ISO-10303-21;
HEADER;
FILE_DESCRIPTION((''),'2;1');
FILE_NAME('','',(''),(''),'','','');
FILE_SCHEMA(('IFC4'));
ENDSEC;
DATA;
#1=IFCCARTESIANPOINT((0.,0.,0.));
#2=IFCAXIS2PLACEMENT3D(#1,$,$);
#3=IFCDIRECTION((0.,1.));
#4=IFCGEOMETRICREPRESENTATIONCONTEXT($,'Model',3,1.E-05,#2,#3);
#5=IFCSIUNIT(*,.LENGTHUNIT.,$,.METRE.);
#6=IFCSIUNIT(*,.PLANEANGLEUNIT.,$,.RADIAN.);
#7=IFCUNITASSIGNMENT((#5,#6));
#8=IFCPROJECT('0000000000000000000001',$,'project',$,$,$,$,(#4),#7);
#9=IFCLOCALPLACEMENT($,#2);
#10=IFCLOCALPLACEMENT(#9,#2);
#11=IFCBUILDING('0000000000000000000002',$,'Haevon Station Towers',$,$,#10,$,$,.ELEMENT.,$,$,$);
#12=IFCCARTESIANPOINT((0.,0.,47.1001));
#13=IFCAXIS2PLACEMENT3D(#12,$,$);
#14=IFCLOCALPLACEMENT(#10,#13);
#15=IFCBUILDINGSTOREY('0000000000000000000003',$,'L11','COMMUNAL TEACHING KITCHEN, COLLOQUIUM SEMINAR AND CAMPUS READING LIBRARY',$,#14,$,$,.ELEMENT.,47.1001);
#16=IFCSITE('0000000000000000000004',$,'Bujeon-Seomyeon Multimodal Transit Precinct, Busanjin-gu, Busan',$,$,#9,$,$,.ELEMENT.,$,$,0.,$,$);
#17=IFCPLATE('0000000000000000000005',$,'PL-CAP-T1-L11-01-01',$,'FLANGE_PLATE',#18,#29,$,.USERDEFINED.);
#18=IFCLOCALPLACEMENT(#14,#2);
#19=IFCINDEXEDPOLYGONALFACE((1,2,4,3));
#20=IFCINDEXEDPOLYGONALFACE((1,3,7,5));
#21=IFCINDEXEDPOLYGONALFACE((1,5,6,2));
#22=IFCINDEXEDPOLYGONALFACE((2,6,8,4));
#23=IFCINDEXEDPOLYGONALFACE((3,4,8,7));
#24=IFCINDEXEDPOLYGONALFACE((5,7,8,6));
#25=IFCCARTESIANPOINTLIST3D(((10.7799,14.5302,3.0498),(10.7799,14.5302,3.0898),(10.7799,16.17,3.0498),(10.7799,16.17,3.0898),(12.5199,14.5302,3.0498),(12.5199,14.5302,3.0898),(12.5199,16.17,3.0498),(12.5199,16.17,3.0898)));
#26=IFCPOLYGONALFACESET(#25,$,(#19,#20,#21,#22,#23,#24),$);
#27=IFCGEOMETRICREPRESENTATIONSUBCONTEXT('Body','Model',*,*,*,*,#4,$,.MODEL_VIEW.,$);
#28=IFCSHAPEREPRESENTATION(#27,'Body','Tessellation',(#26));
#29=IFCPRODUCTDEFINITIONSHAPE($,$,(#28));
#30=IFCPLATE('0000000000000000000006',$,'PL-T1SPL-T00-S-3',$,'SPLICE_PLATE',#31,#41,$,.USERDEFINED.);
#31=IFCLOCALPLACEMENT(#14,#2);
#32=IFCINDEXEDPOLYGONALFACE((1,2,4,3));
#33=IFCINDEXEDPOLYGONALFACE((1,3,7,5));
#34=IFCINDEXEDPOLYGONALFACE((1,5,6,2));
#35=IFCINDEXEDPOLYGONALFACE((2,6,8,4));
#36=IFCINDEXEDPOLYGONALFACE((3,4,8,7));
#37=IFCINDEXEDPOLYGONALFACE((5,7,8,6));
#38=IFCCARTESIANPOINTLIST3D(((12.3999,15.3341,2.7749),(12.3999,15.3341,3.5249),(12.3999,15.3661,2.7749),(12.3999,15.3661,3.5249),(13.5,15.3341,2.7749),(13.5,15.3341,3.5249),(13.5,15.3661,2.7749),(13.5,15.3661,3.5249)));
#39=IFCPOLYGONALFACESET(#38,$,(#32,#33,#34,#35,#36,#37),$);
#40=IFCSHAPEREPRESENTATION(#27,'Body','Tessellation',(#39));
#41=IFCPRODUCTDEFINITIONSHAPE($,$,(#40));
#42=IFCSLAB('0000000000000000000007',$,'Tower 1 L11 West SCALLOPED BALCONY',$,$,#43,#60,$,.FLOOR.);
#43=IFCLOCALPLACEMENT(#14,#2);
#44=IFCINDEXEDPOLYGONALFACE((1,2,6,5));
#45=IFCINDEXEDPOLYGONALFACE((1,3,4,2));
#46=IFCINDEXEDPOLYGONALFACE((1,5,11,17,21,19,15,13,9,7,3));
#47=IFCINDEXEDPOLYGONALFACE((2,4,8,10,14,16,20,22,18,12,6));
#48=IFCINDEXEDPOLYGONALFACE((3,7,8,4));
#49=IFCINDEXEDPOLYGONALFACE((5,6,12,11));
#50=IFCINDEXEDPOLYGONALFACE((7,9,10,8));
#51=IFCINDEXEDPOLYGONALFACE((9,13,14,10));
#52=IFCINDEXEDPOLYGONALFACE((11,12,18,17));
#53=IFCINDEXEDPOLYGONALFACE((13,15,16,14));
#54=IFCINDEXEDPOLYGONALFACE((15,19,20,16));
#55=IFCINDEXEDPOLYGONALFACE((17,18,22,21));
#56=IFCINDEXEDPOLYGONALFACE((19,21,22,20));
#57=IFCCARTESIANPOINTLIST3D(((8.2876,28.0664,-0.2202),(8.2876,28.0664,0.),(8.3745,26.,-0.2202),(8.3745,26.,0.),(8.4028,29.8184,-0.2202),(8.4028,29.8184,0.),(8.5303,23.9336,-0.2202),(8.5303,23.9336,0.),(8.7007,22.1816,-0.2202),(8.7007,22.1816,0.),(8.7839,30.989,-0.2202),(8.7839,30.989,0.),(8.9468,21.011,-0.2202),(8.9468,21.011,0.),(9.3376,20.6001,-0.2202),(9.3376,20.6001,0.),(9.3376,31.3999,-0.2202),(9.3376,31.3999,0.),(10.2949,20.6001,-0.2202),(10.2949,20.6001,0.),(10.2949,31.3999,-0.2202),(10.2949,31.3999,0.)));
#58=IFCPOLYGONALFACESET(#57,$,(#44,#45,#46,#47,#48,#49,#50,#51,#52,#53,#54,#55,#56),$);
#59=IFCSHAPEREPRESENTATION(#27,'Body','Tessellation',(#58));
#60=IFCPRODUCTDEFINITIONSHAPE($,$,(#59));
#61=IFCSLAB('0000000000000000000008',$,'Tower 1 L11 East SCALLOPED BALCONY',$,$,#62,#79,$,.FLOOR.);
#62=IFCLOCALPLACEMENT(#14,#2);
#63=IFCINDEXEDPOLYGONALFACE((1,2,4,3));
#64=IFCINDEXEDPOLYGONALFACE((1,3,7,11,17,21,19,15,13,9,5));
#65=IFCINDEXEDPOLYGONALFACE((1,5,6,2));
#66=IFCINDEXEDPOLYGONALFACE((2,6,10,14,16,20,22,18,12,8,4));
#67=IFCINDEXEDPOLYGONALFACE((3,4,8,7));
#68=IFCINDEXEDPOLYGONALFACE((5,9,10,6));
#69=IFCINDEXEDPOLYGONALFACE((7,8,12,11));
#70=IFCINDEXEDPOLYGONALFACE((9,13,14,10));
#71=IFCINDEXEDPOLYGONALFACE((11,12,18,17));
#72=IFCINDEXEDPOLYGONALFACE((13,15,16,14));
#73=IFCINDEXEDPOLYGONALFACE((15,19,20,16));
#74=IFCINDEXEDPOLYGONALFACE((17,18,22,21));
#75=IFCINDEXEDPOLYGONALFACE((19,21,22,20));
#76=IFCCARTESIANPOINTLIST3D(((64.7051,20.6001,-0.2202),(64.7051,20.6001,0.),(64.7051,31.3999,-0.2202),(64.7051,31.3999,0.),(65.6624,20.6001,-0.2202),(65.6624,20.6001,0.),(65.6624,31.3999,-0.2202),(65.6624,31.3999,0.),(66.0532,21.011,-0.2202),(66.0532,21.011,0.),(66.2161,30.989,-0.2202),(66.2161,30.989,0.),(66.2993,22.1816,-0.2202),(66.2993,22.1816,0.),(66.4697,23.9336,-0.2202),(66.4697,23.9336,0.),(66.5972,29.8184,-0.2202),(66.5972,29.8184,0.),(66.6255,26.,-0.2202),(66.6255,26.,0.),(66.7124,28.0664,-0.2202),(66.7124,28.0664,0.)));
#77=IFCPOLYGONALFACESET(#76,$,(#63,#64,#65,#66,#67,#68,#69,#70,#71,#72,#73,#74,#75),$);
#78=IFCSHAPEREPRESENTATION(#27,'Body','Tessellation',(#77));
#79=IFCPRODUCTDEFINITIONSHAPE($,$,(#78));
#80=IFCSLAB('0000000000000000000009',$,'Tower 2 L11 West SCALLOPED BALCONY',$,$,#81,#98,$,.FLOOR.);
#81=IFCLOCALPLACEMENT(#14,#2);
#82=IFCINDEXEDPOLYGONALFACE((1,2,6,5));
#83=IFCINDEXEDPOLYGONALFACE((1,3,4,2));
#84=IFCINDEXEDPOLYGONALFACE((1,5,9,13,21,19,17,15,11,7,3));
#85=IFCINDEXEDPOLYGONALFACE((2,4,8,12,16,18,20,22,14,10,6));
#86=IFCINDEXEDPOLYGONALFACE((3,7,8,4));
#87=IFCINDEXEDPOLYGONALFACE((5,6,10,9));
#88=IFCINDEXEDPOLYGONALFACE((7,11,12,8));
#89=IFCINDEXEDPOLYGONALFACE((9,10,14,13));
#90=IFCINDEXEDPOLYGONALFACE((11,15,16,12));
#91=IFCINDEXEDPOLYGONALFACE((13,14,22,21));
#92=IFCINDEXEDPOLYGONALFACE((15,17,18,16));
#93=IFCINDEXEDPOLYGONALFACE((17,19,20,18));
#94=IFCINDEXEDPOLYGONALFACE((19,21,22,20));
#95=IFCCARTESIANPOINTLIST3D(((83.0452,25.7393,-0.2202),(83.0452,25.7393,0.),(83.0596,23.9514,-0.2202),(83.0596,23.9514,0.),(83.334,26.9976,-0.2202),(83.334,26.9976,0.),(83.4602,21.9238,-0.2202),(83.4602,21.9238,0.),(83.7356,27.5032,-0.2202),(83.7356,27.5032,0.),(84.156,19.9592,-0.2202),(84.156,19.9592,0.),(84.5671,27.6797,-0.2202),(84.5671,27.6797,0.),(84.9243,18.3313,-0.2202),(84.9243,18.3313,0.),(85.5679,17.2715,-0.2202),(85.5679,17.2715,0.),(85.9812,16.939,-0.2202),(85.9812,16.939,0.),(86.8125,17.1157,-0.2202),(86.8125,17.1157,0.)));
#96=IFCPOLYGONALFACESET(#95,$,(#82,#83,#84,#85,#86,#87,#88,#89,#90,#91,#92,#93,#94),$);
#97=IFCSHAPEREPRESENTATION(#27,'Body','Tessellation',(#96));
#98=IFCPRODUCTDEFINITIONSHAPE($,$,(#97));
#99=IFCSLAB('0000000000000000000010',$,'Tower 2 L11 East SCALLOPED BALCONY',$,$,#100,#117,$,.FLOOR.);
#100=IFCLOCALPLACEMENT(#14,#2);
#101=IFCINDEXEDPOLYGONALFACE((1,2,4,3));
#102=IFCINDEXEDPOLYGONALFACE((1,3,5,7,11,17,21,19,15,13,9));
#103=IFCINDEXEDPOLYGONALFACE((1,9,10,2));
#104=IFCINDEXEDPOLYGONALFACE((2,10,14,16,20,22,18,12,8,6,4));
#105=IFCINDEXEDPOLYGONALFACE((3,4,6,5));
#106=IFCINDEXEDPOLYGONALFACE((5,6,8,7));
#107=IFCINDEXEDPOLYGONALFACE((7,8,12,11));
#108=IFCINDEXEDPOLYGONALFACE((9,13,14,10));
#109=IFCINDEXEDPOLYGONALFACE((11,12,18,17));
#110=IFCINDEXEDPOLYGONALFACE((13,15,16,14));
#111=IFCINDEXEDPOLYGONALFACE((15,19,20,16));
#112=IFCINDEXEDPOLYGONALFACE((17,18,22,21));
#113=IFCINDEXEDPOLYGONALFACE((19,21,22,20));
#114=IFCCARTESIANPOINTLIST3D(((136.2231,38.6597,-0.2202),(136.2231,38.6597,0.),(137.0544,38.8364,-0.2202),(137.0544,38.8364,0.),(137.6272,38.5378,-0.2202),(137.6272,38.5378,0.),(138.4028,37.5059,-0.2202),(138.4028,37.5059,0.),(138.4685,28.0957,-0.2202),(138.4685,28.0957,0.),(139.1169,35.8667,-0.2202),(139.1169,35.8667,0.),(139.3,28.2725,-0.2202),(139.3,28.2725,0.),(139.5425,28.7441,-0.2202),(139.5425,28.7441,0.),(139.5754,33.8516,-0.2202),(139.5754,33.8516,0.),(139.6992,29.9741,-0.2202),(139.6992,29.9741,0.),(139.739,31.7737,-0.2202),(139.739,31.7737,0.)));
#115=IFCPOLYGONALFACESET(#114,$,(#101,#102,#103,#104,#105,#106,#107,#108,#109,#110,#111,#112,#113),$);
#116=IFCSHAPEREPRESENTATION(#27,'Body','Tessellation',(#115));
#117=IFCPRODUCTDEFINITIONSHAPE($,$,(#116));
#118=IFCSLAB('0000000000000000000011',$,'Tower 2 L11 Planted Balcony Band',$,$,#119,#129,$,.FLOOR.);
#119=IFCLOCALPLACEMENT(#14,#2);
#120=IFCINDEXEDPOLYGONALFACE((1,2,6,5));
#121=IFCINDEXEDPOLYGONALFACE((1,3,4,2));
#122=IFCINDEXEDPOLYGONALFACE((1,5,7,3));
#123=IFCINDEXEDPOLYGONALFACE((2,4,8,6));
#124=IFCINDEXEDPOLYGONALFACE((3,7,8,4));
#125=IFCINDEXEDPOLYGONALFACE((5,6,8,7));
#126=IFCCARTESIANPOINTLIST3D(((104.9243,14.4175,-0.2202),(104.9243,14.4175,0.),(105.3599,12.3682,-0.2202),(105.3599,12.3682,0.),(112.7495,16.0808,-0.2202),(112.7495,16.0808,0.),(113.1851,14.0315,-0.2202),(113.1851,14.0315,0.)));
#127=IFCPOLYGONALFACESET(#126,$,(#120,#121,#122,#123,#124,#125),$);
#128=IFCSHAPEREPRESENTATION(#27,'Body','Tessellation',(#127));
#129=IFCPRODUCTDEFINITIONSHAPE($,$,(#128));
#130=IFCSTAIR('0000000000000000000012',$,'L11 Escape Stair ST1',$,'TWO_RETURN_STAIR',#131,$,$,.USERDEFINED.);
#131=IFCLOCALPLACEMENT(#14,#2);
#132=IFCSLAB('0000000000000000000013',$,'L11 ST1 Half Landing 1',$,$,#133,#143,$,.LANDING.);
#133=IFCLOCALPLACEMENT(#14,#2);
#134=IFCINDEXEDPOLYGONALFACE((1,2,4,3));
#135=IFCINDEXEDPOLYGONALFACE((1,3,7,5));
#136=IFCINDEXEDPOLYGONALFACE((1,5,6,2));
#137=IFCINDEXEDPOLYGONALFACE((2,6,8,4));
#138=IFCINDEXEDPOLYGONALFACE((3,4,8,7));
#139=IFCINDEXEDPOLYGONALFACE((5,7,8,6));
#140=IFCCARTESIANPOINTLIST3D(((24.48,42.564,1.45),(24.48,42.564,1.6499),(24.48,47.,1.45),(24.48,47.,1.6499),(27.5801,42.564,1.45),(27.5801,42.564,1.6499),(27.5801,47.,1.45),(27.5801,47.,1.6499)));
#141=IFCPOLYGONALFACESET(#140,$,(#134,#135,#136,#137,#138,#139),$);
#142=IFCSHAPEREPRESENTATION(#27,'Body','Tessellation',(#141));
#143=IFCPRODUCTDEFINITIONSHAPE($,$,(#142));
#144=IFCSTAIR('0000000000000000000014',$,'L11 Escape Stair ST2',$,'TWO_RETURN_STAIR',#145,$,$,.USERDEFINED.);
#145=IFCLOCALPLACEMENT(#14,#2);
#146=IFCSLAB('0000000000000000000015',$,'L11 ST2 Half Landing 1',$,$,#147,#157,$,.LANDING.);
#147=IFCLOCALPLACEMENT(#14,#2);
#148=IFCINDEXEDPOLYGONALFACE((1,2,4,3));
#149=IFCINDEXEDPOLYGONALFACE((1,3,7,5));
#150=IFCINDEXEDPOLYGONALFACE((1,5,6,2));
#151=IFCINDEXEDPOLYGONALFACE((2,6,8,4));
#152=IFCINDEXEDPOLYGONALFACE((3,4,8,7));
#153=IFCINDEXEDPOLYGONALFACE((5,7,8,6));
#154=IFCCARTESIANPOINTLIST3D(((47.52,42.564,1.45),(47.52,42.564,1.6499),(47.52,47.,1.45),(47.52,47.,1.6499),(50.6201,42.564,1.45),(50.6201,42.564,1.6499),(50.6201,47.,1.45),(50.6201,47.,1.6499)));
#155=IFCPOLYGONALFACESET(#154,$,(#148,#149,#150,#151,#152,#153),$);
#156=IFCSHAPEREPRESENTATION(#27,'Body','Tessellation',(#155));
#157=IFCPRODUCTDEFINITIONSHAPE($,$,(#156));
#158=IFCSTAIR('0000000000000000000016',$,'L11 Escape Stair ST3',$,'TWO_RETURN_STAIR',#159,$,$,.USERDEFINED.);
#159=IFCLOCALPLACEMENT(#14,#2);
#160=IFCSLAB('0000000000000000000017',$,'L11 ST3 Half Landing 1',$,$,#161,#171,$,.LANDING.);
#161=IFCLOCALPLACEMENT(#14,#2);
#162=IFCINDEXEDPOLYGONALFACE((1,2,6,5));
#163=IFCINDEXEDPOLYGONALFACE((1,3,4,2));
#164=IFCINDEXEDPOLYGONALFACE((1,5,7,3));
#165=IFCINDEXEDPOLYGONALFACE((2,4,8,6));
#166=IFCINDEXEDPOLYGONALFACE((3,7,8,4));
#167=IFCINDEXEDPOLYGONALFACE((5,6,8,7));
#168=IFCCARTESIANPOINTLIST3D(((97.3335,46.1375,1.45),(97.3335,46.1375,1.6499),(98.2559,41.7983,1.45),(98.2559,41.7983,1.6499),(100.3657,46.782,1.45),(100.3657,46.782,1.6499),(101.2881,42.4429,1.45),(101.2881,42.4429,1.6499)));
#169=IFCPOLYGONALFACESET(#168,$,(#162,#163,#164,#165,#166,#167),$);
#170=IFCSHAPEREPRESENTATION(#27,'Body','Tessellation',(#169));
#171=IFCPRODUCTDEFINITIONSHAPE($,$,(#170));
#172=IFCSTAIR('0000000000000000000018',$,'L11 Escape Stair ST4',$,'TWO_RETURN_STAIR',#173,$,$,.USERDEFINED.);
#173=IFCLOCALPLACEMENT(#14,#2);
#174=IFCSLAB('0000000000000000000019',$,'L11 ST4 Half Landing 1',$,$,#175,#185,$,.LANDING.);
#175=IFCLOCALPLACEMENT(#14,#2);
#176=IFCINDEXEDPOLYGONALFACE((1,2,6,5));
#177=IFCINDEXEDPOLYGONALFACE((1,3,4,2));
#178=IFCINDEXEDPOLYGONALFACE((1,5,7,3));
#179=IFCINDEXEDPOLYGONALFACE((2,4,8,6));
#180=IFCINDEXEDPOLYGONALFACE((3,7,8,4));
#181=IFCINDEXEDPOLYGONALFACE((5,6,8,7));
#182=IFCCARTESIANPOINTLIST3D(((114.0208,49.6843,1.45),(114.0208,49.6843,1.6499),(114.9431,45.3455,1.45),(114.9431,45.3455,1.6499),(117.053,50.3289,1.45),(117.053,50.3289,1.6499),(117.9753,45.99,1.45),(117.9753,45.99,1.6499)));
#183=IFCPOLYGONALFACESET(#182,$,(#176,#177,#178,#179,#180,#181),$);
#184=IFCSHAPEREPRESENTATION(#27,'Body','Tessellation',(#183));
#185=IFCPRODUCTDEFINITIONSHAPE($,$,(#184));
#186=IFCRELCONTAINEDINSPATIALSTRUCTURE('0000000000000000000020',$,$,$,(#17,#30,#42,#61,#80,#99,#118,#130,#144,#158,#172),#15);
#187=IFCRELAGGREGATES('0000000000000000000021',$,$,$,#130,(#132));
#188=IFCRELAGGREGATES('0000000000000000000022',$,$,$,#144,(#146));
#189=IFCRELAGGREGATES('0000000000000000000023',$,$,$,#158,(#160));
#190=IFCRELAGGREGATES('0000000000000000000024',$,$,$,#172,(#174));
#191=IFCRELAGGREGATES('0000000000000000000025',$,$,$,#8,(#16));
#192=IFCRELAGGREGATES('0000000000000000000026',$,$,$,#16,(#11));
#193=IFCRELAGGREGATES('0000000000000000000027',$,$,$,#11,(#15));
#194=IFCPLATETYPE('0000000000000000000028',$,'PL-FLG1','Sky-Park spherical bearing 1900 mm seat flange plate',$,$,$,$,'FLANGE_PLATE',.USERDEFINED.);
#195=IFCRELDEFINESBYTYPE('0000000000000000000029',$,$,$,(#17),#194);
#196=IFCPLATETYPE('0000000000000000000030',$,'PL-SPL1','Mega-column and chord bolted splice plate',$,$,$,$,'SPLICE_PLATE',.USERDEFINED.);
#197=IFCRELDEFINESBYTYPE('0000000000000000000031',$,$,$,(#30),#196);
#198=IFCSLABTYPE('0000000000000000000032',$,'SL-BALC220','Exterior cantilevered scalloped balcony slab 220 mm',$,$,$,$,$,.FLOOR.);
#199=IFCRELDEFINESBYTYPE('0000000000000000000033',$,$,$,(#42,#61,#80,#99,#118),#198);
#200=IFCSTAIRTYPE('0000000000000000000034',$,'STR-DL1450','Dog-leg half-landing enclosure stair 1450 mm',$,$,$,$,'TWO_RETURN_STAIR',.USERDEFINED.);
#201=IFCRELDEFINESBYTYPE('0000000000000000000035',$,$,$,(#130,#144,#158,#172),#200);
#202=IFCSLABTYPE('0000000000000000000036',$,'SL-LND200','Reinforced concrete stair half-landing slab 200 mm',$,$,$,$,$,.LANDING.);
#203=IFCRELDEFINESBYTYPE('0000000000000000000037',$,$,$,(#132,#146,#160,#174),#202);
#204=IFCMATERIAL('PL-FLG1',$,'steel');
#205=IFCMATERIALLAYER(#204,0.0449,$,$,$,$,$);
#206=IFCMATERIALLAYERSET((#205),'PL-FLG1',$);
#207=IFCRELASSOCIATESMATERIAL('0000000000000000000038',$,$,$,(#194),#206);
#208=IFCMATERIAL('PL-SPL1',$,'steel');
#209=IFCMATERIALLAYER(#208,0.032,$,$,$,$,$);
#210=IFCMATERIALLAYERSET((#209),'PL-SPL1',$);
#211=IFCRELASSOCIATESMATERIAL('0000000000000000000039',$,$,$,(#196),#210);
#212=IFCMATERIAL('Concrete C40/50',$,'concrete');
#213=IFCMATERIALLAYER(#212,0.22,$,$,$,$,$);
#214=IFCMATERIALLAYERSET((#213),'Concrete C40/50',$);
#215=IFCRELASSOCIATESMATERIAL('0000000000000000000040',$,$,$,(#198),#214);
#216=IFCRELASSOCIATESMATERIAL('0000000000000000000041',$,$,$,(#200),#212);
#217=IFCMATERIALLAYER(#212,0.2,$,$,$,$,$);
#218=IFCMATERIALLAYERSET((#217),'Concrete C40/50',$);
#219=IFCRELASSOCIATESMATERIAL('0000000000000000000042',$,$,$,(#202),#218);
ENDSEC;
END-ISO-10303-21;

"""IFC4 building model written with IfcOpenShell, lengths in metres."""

from ifc_helpers import new_model, si_unit, direction, frame, origin, origin_2d, place, context, subcontext, project, spatial, polyline, rectangle, outline, extrude, material, layer, layer_set, type_object, element, aggregate, save


model = new_model("IFC4")

# Units and contexts
model_context = context("Model", 3, precision=1e-05, world=origin(), true_north=direction((0.0, 1.0)))
body_context = subcontext(model_context, "Body", "Model", "MODEL_VIEW")
ifc_project = project(units=[si_unit("LENGTHUNIT", "METRE"), si_unit("PLANEANGLEUNIT", "RADIAN")], contexts=[model_context])

# Site, building, storey
site_placement = place(None, origin())
site = spatial("IfcSite", under=ifc_project, at=site_placement, Name="Bujeon-Seomyeon Multimodal Transit Precinct, Busanjin-gu, Busan", CompositionType="ELEMENT", RefElevation=0.0)
building_placement = place(site_placement, origin())
building = spatial("IfcBuilding", under=site, at=building_placement, Name="Haevon Station Towers", CompositionType="ELEMENT")
storey_placement = place(building_placement, frame((0.0, 0.0, 47.1001)))
storey = spatial("IfcBuildingStorey", under=building, at=storey_placement, Name="L11", Description="COMMUNAL TEACHING KITCHEN, COLLOQUIUM SEMINAR AND CAMPUS READING LIBRARY", CompositionType="ELEMENT", Elevation=47.1001)

# Plates
ifc_material_1 = material(Name="PL-FLG1", Category="steel")
ifc_layer_1 = layer(ifc_material_1, 0.0449)
ifc_layer_set_1 = layer_set([ifc_layer_1], Name="PL-FLG1")
plate_type_1 = type_object("IfcPlateType", Name="PL-FLG1", Description="Sky-Park spherical bearing 1900 mm seat flange plate", ElementType="FLANGE_PLATE", PredefinedType="USERDEFINED", material=ifc_layer_set_1)
plate_1_placement = place(storey_placement, frame((11.6499, 15.3501, 3.0498), z_axis=(0.0, 0.0, 1.0), x_axis=(1.0, 0.0, 0.0)))
element("IfcPlate", 1, at=plate_1_placement, inside=storey, type_object=plate_type_1, Name="PL-CAP-T1-L11-01-01", ObjectType="FLANGE_PLATE", PredefinedType="USERDEFINED", context=body_context, shape_type="SweptSolid", body=[
    extrude(rectangle(XDim=1.74, YDim=1.6399, at=origin_2d()), origin(), (0.0, 0.0, 1.0), 0.04),
])
ifc_material_2 = material(Name="PL-SPL1", Category="steel")
ifc_layer_2 = layer(ifc_material_2, 0.032)
ifc_layer_set_2 = layer_set([ifc_layer_2], Name="PL-SPL1")
plate_type_2 = type_object("IfcPlateType", Name="PL-SPL1", Description="Mega-column and chord bolted splice plate", ElementType="SPLICE_PLATE", PredefinedType="USERDEFINED", material=ifc_layer_set_2)
plate_2_placement = place(storey_placement, frame((12.95, 15.3501, 2.7749), z_axis=(0.0, 0.0, 1.0), x_axis=(1.0, 0.0, 0.0)))
element("IfcPlate", 2, at=plate_2_placement, inside=storey, type_object=plate_type_2, Name="PL-T1SPL-T00-S-3", ObjectType="SPLICE_PLATE", PredefinedType="USERDEFINED", context=body_context, shape_type="SweptSolid", body=[
    extrude(rectangle(XDim=1.1001, YDim=0.032, at=origin_2d()), origin(), (0.0, 0.0, 1.0), 0.75),
])

# Slabs
ifc_material_3 = material(Name="Concrete C40/50", Category="concrete")
ifc_layer_3 = layer(ifc_material_3, 0.22)
ifc_layer_set_3 = layer_set([ifc_layer_3], Name="Concrete C40/50")
slab_type_1 = type_object("IfcSlabType", Name="SL-BALC220", Description="Exterior cantilevered scalloped balcony slab 220 mm", PredefinedType="FLOOR", material=ifc_layer_set_3)
slab_1_placement = place(storey_placement, frame((0.0, 0.0, -0.2202)))
element("IfcSlab", 3, at=slab_1_placement, inside=storey, type_object=slab_type_1, Name="Tower 1 L11 West SCALLOPED BALCONY", PredefinedType="FLOOR", context=body_context, shape_type="SweptSolid", body=[
    extrude(outline(polyline([(10.2949, 31.3999), (9.3376, 31.3999), (8.7839, 30.989), (8.4028, 29.8184), (8.2876, 28.0664), (8.3745, 26.0), (8.5303, 23.9336), (8.7007, 22.1816), (8.9468, 21.011), (9.3376, 20.6001), (10.2949, 20.6001), (10.2949, 31.3999)])), origin(), (0.0, 0.0, 1.0), 0.2202),
])
slab_2_placement = place(storey_placement, frame((0.0, 0.0, -0.2202)))
element("IfcSlab", 4, at=slab_2_placement, inside=storey, type_object=slab_type_1, Name="Tower 1 L11 East SCALLOPED BALCONY", PredefinedType="FLOOR", context=body_context, shape_type="SweptSolid", body=[
    extrude(outline(polyline([(64.7051, 20.6001), (65.6624, 20.6001), (66.0532, 21.011), (66.2993, 22.1816), (66.4697, 23.9336), (66.6255, 26.0), (66.7124, 28.0664), (66.5972, 29.8184), (66.2161, 30.989), (65.6624, 31.3999), (64.7051, 31.3999), (64.7051, 20.6001)])), origin(), (0.0, 0.0, 1.0), 0.2202),
])
slab_3_placement = place(storey_placement, frame((0.0, 0.0, -0.2202)))
element("IfcSlab", 5, at=slab_3_placement, inside=storey, type_object=slab_type_1, Name="Tower 2 L11 West SCALLOPED BALCONY", PredefinedType="FLOOR", context=body_context, shape_type="SweptSolid", body=[
    extrude(outline(polyline([(84.5671, 27.6797), (83.7356, 27.5032), (83.334, 26.9976), (83.0452, 25.7393), (83.0596, 23.9514), (83.4602, 21.9238), (84.156, 19.9592), (84.9243, 18.3313), (85.5679, 17.2715), (85.9812, 16.939), (86.8125, 17.1157), (84.5671, 27.6797)])), origin(), (0.0, 0.0, 1.0), 0.2202),
])
slab_4_placement = place(storey_placement, frame((0.0, 0.0, -0.2202)))
element("IfcSlab", 6, at=slab_4_placement, inside=storey, type_object=slab_type_1, Name="Tower 2 L11 East SCALLOPED BALCONY", PredefinedType="FLOOR", context=body_context, shape_type="SweptSolid", body=[
    extrude(outline(polyline([(138.4685, 28.0957), (139.3, 28.2725), (139.5425, 28.7441), (139.6992, 29.9741), (139.739, 31.7737), (139.5754, 33.8516), (139.1169, 35.8667), (138.4028, 37.5059), (137.6272, 38.5378), (137.0544, 38.8364), (136.2231, 38.6597), (138.4685, 28.0957)])), origin(), (0.0, 0.0, 1.0), 0.2202),
])
slab_5_placement = place(storey_placement, frame((0.0, 0.0, -0.2202)))
element("IfcSlab", 7, at=slab_5_placement, inside=storey, type_object=slab_type_1, Name="Tower 2 L11 Planted Balcony Band", PredefinedType="FLOOR", context=body_context, shape_type="SweptSolid", body=[
    extrude(outline(polyline([(105.3599, 12.3682), (113.1851, 14.0315), (112.7495, 16.0808), (104.9243, 14.4175), (105.3599, 12.3682)])), origin(), (0.0, 0.0, 1.0), 0.2202),
])

# Stairs, slabs
stair_type = type_object("IfcStairType", Name="STR-DL1450", Description="Dog-leg half-landing enclosure stair 1450 mm", ElementType="TWO_RETURN_STAIR", PredefinedType="USERDEFINED", material=ifc_material_3)
stair_1_placement = place(storey_placement, origin())
stair_1 = element("IfcStair", 8, at=stair_1_placement, inside=storey, type_object=stair_type, Name="L11 Escape Stair ST1", ObjectType="TWO_RETURN_STAIR", PredefinedType="USERDEFINED")
ifc_layer_4 = layer(ifc_material_3, 0.2)
ifc_layer_set_4 = layer_set([ifc_layer_4], Name="Concrete C40/50")
slab_type_2 = type_object("IfcSlabType", Name="SL-LND200", Description="Reinforced concrete stair half-landing slab 200 mm", PredefinedType="LANDING", material=ifc_layer_set_4)
slab_6_placement = place(storey_placement, frame((0.0, 0.0, 1.45)))
slab_6 = element("IfcSlab", 9, at=slab_6_placement, type_object=slab_type_2, Name="L11 ST1 Half Landing 1", PredefinedType="LANDING", context=body_context, shape_type="SweptSolid", body=[
    extrude(outline(polyline([(27.5801, 42.564), (27.5801, 47.0), (24.48, 47.0), (24.48, 42.564), (27.5801, 42.564)])), origin(), (0.0, 0.0, 1.0), 0.2),
])
aggregate(stair_1, [slab_6])
stair_2_placement = place(storey_placement, origin())
stair_2 = element("IfcStair", 10, at=stair_2_placement, inside=storey, type_object=stair_type, Name="L11 Escape Stair ST2", ObjectType="TWO_RETURN_STAIR", PredefinedType="USERDEFINED")
slab_7_placement = place(storey_placement, frame((0.0, 0.0, 1.45)))
slab_7 = element("IfcSlab", 11, at=slab_7_placement, type_object=slab_type_2, Name="L11 ST2 Half Landing 1", PredefinedType="LANDING", context=body_context, shape_type="SweptSolid", body=[
    extrude(outline(polyline([(50.6201, 42.564), (50.6201, 47.0), (47.52, 47.0), (47.52, 42.564), (50.6201, 42.564)])), origin(), (0.0, 0.0, 1.0), 0.2),
])
aggregate(stair_2, [slab_7])
stair_3_placement = place(storey_placement, origin())
stair_3 = element("IfcStair", 12, at=stair_3_placement, inside=storey, type_object=stair_type, Name="L11 Escape Stair ST3", ObjectType="TWO_RETURN_STAIR", PredefinedType="USERDEFINED")
slab_8_placement = place(storey_placement, frame((0.0, 0.0, 1.45)))
slab_8 = element("IfcSlab", 13, at=slab_8_placement, type_object=slab_type_2, Name="L11 ST3 Half Landing 1", PredefinedType="LANDING", context=body_context, shape_type="SweptSolid", body=[
    extrude(outline(polyline([(101.2881, 42.4429), (100.3657, 46.782), (97.3335, 46.1375), (98.2559, 41.7983), (101.2881, 42.4429)])), origin(), (0.0, 0.0, 1.0), 0.2),
])
aggregate(stair_3, [slab_8])
stair_4_placement = place(storey_placement, origin())
stair_4 = element("IfcStair", 14, at=stair_4_placement, inside=storey, type_object=stair_type, Name="L11 Escape Stair ST4", ObjectType="TWO_RETURN_STAIR", PredefinedType="USERDEFINED")
slab_9_placement = place(storey_placement, frame((0.0, 0.0, 1.45)))
slab_9 = element("IfcSlab", 15, at=slab_9_placement, type_object=slab_type_2, Name="L11 ST4 Half Landing 1", PredefinedType="LANDING", context=body_context, shape_type="SweptSolid", body=[
    extrude(outline(polyline([(117.9753, 45.99), (117.053, 50.3289), (114.0208, 49.6843), (114.9431, 45.3455), (117.9753, 45.99)])), origin(), (0.0, 0.0, 1.0), 0.2),
])
aggregate(stair_4, [slab_9])

save(model, "model.ifc")
